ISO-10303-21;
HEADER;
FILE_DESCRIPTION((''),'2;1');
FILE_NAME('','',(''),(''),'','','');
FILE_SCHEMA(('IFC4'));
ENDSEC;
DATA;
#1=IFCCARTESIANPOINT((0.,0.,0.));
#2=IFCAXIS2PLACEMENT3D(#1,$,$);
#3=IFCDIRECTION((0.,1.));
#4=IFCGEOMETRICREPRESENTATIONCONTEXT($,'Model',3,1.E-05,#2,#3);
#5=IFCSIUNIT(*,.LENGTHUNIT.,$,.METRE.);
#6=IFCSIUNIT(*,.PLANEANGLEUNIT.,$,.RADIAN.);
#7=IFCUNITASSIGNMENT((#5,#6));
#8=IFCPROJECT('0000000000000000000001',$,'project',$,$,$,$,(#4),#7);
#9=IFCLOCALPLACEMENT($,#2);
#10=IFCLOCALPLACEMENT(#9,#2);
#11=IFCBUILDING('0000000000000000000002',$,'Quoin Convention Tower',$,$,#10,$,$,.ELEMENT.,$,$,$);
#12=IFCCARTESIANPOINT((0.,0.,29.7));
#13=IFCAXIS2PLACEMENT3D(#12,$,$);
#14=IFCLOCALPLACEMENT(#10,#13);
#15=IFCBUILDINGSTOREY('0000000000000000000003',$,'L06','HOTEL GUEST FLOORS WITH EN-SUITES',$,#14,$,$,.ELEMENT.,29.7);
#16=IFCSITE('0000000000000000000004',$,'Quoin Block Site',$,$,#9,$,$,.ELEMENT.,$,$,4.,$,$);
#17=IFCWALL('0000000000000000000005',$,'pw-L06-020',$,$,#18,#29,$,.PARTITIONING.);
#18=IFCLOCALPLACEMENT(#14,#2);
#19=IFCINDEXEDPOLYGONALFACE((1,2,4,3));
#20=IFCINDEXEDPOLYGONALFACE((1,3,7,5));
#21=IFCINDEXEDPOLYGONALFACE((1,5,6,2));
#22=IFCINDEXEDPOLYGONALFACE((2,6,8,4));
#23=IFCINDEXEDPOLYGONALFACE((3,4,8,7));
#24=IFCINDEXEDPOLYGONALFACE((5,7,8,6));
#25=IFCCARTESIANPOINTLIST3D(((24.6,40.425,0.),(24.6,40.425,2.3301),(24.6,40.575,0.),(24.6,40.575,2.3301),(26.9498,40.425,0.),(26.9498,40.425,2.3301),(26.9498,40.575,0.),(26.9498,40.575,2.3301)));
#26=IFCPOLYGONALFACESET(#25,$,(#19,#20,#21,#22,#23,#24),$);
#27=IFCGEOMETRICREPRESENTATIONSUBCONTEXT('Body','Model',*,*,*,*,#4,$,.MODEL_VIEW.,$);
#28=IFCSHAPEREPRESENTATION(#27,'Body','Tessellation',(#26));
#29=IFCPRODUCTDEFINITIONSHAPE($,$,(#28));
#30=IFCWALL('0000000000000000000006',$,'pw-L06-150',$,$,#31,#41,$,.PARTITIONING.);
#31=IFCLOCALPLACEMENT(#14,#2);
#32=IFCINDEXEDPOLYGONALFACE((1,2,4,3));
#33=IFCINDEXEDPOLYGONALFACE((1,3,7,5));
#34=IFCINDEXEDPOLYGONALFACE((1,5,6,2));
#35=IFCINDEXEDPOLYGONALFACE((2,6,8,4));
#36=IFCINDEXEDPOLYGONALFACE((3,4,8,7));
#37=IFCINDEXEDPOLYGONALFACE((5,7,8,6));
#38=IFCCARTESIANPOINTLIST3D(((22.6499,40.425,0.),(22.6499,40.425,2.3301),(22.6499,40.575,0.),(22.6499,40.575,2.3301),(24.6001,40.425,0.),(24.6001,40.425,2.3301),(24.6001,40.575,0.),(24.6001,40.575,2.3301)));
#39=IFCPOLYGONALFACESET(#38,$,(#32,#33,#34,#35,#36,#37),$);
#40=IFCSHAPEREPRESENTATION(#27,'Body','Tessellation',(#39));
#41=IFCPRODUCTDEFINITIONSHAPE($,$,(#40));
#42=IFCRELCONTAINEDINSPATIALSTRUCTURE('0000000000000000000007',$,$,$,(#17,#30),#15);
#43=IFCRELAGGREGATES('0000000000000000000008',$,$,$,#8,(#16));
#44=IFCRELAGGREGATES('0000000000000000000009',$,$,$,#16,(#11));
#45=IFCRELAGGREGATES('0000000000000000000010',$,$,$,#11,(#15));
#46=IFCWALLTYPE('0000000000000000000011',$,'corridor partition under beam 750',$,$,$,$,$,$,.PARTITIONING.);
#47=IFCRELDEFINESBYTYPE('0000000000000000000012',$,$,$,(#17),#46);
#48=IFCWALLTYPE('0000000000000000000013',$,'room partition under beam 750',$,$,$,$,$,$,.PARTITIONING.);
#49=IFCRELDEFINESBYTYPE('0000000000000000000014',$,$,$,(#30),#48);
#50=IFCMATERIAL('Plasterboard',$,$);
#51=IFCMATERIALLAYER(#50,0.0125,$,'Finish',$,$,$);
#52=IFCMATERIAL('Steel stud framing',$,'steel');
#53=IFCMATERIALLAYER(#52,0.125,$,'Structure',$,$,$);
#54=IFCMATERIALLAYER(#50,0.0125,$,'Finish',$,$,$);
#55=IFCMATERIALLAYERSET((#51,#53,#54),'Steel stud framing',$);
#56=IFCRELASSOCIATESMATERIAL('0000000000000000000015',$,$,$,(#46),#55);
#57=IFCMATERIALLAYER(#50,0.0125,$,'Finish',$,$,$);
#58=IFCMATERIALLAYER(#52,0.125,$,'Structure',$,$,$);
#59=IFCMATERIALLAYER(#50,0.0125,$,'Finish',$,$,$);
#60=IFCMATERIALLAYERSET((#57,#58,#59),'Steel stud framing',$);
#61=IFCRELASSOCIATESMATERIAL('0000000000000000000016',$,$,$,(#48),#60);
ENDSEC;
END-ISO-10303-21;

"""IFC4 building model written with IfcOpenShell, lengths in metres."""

from ifc_helpers import new_model, si_unit, direction, frame, frame_2d, origin, place, context, subcontext, project, spatial, rectangle, extrude, material, layer, layer_set, type_object, element, save


model = new_model("IFC4")

# Units and contexts
model_context = context("Model", 3, precision=1e-05, world=origin(), true_north=direction((0.0, 1.0)))
body_context = subcontext(model_context, "Body", "Model", "MODEL_VIEW")
ifc_project = project(units=[si_unit("LENGTHUNIT", "METRE"), si_unit("PLANEANGLEUNIT", "RADIAN")], contexts=[model_context])

# Site, building, storey
site_placement = place(None, origin())
site = spatial("IfcSite", under=ifc_project, at=site_placement, Name="Quoin Block Site", CompositionType="ELEMENT", RefElevation=4.0)
building_placement = place(site_placement, origin())
building = spatial("IfcBuilding", under=site, at=building_placement, Name="Quoin Convention Tower", CompositionType="ELEMENT")
storey_placement = place(building_placement, frame((0.0, 0.0, 29.7)))
storey = spatial("IfcBuildingStorey", under=building, at=storey_placement, Name="L06", Description="HOTEL GUEST FLOORS WITH EN-SUITES", CompositionType="ELEMENT", Elevation=29.7)

# Shared definitions
ifc_material_1 = material(Name="Plasterboard")
ifc_material_2 = material(Name="Steel stud framing", Category="steel")

# Walls
ifc_layer_1 = layer(ifc_material_1, 0.0125, Name="Finish")
ifc_layer_2 = layer(ifc_material_2, 0.125, Name="Structure")
ifc_layer_3 = layer(ifc_material_1, 0.0125, Name="Finish")
ifc_layer_set_1 = layer_set([ifc_layer_1, ifc_layer_2, ifc_layer_3], Name="Steel stud framing")
wall_type_1 = type_object("IfcWallType", Name="corridor partition under beam 750", PredefinedType="PARTITIONING", material=ifc_layer_set_1)
wall_1_placement = place(storey_placement, frame((24.6001, 40.5, 0.0), z_axis=(0.0, 0.0, 1.0), x_axis=(1.0, 0.0, 0.0)))
element("IfcWall", 1, at=wall_1_placement, inside=storey, type_object=wall_type_1, Name="pw-L06-020", PredefinedType="PARTITIONING", context=body_context, shape_type="SweptSolid", body=[
    extrude(rectangle(XDim=2.3499, YDim=0.1499, at=frame_2d((1.1748, 0.0))), origin(), (0.0, 0.0, 1.0), 2.3301),
])
ifc_layer_4 = layer(ifc_material_1, 0.0125, Name="Finish")
ifc_layer_5 = layer(ifc_material_2, 0.125, Name="Structure")
ifc_layer_6 = layer(ifc_material_1, 0.0125, Name="Finish")
ifc_layer_set_2 = layer_set([ifc_layer_4, ifc_layer_5, ifc_layer_6], Name="Steel stud framing")
wall_type_2 = type_object("IfcWallType", Name="room partition under beam 750", PredefinedType="PARTITIONING", material=ifc_layer_set_2)
wall_2_placement = place(storey_placement, frame((22.6499, 40.5, 0.0), z_axis=(0.0, 0.0, 1.0), x_axis=(1.0, 0.0, 0.0)))
element("IfcWall", 2, at=wall_2_placement, inside=storey, type_object=wall_type_2, Name="pw-L06-150", PredefinedType="PARTITIONING", context=body_context, shape_type="SweptSolid", body=[
    extrude(rectangle(XDim=1.9502, YDim=0.1499, at=frame_2d((0.9751, 0.0))), origin(), (0.0, 0.0, 1.0), 2.3301),
])

save(model, "model.ifc")
